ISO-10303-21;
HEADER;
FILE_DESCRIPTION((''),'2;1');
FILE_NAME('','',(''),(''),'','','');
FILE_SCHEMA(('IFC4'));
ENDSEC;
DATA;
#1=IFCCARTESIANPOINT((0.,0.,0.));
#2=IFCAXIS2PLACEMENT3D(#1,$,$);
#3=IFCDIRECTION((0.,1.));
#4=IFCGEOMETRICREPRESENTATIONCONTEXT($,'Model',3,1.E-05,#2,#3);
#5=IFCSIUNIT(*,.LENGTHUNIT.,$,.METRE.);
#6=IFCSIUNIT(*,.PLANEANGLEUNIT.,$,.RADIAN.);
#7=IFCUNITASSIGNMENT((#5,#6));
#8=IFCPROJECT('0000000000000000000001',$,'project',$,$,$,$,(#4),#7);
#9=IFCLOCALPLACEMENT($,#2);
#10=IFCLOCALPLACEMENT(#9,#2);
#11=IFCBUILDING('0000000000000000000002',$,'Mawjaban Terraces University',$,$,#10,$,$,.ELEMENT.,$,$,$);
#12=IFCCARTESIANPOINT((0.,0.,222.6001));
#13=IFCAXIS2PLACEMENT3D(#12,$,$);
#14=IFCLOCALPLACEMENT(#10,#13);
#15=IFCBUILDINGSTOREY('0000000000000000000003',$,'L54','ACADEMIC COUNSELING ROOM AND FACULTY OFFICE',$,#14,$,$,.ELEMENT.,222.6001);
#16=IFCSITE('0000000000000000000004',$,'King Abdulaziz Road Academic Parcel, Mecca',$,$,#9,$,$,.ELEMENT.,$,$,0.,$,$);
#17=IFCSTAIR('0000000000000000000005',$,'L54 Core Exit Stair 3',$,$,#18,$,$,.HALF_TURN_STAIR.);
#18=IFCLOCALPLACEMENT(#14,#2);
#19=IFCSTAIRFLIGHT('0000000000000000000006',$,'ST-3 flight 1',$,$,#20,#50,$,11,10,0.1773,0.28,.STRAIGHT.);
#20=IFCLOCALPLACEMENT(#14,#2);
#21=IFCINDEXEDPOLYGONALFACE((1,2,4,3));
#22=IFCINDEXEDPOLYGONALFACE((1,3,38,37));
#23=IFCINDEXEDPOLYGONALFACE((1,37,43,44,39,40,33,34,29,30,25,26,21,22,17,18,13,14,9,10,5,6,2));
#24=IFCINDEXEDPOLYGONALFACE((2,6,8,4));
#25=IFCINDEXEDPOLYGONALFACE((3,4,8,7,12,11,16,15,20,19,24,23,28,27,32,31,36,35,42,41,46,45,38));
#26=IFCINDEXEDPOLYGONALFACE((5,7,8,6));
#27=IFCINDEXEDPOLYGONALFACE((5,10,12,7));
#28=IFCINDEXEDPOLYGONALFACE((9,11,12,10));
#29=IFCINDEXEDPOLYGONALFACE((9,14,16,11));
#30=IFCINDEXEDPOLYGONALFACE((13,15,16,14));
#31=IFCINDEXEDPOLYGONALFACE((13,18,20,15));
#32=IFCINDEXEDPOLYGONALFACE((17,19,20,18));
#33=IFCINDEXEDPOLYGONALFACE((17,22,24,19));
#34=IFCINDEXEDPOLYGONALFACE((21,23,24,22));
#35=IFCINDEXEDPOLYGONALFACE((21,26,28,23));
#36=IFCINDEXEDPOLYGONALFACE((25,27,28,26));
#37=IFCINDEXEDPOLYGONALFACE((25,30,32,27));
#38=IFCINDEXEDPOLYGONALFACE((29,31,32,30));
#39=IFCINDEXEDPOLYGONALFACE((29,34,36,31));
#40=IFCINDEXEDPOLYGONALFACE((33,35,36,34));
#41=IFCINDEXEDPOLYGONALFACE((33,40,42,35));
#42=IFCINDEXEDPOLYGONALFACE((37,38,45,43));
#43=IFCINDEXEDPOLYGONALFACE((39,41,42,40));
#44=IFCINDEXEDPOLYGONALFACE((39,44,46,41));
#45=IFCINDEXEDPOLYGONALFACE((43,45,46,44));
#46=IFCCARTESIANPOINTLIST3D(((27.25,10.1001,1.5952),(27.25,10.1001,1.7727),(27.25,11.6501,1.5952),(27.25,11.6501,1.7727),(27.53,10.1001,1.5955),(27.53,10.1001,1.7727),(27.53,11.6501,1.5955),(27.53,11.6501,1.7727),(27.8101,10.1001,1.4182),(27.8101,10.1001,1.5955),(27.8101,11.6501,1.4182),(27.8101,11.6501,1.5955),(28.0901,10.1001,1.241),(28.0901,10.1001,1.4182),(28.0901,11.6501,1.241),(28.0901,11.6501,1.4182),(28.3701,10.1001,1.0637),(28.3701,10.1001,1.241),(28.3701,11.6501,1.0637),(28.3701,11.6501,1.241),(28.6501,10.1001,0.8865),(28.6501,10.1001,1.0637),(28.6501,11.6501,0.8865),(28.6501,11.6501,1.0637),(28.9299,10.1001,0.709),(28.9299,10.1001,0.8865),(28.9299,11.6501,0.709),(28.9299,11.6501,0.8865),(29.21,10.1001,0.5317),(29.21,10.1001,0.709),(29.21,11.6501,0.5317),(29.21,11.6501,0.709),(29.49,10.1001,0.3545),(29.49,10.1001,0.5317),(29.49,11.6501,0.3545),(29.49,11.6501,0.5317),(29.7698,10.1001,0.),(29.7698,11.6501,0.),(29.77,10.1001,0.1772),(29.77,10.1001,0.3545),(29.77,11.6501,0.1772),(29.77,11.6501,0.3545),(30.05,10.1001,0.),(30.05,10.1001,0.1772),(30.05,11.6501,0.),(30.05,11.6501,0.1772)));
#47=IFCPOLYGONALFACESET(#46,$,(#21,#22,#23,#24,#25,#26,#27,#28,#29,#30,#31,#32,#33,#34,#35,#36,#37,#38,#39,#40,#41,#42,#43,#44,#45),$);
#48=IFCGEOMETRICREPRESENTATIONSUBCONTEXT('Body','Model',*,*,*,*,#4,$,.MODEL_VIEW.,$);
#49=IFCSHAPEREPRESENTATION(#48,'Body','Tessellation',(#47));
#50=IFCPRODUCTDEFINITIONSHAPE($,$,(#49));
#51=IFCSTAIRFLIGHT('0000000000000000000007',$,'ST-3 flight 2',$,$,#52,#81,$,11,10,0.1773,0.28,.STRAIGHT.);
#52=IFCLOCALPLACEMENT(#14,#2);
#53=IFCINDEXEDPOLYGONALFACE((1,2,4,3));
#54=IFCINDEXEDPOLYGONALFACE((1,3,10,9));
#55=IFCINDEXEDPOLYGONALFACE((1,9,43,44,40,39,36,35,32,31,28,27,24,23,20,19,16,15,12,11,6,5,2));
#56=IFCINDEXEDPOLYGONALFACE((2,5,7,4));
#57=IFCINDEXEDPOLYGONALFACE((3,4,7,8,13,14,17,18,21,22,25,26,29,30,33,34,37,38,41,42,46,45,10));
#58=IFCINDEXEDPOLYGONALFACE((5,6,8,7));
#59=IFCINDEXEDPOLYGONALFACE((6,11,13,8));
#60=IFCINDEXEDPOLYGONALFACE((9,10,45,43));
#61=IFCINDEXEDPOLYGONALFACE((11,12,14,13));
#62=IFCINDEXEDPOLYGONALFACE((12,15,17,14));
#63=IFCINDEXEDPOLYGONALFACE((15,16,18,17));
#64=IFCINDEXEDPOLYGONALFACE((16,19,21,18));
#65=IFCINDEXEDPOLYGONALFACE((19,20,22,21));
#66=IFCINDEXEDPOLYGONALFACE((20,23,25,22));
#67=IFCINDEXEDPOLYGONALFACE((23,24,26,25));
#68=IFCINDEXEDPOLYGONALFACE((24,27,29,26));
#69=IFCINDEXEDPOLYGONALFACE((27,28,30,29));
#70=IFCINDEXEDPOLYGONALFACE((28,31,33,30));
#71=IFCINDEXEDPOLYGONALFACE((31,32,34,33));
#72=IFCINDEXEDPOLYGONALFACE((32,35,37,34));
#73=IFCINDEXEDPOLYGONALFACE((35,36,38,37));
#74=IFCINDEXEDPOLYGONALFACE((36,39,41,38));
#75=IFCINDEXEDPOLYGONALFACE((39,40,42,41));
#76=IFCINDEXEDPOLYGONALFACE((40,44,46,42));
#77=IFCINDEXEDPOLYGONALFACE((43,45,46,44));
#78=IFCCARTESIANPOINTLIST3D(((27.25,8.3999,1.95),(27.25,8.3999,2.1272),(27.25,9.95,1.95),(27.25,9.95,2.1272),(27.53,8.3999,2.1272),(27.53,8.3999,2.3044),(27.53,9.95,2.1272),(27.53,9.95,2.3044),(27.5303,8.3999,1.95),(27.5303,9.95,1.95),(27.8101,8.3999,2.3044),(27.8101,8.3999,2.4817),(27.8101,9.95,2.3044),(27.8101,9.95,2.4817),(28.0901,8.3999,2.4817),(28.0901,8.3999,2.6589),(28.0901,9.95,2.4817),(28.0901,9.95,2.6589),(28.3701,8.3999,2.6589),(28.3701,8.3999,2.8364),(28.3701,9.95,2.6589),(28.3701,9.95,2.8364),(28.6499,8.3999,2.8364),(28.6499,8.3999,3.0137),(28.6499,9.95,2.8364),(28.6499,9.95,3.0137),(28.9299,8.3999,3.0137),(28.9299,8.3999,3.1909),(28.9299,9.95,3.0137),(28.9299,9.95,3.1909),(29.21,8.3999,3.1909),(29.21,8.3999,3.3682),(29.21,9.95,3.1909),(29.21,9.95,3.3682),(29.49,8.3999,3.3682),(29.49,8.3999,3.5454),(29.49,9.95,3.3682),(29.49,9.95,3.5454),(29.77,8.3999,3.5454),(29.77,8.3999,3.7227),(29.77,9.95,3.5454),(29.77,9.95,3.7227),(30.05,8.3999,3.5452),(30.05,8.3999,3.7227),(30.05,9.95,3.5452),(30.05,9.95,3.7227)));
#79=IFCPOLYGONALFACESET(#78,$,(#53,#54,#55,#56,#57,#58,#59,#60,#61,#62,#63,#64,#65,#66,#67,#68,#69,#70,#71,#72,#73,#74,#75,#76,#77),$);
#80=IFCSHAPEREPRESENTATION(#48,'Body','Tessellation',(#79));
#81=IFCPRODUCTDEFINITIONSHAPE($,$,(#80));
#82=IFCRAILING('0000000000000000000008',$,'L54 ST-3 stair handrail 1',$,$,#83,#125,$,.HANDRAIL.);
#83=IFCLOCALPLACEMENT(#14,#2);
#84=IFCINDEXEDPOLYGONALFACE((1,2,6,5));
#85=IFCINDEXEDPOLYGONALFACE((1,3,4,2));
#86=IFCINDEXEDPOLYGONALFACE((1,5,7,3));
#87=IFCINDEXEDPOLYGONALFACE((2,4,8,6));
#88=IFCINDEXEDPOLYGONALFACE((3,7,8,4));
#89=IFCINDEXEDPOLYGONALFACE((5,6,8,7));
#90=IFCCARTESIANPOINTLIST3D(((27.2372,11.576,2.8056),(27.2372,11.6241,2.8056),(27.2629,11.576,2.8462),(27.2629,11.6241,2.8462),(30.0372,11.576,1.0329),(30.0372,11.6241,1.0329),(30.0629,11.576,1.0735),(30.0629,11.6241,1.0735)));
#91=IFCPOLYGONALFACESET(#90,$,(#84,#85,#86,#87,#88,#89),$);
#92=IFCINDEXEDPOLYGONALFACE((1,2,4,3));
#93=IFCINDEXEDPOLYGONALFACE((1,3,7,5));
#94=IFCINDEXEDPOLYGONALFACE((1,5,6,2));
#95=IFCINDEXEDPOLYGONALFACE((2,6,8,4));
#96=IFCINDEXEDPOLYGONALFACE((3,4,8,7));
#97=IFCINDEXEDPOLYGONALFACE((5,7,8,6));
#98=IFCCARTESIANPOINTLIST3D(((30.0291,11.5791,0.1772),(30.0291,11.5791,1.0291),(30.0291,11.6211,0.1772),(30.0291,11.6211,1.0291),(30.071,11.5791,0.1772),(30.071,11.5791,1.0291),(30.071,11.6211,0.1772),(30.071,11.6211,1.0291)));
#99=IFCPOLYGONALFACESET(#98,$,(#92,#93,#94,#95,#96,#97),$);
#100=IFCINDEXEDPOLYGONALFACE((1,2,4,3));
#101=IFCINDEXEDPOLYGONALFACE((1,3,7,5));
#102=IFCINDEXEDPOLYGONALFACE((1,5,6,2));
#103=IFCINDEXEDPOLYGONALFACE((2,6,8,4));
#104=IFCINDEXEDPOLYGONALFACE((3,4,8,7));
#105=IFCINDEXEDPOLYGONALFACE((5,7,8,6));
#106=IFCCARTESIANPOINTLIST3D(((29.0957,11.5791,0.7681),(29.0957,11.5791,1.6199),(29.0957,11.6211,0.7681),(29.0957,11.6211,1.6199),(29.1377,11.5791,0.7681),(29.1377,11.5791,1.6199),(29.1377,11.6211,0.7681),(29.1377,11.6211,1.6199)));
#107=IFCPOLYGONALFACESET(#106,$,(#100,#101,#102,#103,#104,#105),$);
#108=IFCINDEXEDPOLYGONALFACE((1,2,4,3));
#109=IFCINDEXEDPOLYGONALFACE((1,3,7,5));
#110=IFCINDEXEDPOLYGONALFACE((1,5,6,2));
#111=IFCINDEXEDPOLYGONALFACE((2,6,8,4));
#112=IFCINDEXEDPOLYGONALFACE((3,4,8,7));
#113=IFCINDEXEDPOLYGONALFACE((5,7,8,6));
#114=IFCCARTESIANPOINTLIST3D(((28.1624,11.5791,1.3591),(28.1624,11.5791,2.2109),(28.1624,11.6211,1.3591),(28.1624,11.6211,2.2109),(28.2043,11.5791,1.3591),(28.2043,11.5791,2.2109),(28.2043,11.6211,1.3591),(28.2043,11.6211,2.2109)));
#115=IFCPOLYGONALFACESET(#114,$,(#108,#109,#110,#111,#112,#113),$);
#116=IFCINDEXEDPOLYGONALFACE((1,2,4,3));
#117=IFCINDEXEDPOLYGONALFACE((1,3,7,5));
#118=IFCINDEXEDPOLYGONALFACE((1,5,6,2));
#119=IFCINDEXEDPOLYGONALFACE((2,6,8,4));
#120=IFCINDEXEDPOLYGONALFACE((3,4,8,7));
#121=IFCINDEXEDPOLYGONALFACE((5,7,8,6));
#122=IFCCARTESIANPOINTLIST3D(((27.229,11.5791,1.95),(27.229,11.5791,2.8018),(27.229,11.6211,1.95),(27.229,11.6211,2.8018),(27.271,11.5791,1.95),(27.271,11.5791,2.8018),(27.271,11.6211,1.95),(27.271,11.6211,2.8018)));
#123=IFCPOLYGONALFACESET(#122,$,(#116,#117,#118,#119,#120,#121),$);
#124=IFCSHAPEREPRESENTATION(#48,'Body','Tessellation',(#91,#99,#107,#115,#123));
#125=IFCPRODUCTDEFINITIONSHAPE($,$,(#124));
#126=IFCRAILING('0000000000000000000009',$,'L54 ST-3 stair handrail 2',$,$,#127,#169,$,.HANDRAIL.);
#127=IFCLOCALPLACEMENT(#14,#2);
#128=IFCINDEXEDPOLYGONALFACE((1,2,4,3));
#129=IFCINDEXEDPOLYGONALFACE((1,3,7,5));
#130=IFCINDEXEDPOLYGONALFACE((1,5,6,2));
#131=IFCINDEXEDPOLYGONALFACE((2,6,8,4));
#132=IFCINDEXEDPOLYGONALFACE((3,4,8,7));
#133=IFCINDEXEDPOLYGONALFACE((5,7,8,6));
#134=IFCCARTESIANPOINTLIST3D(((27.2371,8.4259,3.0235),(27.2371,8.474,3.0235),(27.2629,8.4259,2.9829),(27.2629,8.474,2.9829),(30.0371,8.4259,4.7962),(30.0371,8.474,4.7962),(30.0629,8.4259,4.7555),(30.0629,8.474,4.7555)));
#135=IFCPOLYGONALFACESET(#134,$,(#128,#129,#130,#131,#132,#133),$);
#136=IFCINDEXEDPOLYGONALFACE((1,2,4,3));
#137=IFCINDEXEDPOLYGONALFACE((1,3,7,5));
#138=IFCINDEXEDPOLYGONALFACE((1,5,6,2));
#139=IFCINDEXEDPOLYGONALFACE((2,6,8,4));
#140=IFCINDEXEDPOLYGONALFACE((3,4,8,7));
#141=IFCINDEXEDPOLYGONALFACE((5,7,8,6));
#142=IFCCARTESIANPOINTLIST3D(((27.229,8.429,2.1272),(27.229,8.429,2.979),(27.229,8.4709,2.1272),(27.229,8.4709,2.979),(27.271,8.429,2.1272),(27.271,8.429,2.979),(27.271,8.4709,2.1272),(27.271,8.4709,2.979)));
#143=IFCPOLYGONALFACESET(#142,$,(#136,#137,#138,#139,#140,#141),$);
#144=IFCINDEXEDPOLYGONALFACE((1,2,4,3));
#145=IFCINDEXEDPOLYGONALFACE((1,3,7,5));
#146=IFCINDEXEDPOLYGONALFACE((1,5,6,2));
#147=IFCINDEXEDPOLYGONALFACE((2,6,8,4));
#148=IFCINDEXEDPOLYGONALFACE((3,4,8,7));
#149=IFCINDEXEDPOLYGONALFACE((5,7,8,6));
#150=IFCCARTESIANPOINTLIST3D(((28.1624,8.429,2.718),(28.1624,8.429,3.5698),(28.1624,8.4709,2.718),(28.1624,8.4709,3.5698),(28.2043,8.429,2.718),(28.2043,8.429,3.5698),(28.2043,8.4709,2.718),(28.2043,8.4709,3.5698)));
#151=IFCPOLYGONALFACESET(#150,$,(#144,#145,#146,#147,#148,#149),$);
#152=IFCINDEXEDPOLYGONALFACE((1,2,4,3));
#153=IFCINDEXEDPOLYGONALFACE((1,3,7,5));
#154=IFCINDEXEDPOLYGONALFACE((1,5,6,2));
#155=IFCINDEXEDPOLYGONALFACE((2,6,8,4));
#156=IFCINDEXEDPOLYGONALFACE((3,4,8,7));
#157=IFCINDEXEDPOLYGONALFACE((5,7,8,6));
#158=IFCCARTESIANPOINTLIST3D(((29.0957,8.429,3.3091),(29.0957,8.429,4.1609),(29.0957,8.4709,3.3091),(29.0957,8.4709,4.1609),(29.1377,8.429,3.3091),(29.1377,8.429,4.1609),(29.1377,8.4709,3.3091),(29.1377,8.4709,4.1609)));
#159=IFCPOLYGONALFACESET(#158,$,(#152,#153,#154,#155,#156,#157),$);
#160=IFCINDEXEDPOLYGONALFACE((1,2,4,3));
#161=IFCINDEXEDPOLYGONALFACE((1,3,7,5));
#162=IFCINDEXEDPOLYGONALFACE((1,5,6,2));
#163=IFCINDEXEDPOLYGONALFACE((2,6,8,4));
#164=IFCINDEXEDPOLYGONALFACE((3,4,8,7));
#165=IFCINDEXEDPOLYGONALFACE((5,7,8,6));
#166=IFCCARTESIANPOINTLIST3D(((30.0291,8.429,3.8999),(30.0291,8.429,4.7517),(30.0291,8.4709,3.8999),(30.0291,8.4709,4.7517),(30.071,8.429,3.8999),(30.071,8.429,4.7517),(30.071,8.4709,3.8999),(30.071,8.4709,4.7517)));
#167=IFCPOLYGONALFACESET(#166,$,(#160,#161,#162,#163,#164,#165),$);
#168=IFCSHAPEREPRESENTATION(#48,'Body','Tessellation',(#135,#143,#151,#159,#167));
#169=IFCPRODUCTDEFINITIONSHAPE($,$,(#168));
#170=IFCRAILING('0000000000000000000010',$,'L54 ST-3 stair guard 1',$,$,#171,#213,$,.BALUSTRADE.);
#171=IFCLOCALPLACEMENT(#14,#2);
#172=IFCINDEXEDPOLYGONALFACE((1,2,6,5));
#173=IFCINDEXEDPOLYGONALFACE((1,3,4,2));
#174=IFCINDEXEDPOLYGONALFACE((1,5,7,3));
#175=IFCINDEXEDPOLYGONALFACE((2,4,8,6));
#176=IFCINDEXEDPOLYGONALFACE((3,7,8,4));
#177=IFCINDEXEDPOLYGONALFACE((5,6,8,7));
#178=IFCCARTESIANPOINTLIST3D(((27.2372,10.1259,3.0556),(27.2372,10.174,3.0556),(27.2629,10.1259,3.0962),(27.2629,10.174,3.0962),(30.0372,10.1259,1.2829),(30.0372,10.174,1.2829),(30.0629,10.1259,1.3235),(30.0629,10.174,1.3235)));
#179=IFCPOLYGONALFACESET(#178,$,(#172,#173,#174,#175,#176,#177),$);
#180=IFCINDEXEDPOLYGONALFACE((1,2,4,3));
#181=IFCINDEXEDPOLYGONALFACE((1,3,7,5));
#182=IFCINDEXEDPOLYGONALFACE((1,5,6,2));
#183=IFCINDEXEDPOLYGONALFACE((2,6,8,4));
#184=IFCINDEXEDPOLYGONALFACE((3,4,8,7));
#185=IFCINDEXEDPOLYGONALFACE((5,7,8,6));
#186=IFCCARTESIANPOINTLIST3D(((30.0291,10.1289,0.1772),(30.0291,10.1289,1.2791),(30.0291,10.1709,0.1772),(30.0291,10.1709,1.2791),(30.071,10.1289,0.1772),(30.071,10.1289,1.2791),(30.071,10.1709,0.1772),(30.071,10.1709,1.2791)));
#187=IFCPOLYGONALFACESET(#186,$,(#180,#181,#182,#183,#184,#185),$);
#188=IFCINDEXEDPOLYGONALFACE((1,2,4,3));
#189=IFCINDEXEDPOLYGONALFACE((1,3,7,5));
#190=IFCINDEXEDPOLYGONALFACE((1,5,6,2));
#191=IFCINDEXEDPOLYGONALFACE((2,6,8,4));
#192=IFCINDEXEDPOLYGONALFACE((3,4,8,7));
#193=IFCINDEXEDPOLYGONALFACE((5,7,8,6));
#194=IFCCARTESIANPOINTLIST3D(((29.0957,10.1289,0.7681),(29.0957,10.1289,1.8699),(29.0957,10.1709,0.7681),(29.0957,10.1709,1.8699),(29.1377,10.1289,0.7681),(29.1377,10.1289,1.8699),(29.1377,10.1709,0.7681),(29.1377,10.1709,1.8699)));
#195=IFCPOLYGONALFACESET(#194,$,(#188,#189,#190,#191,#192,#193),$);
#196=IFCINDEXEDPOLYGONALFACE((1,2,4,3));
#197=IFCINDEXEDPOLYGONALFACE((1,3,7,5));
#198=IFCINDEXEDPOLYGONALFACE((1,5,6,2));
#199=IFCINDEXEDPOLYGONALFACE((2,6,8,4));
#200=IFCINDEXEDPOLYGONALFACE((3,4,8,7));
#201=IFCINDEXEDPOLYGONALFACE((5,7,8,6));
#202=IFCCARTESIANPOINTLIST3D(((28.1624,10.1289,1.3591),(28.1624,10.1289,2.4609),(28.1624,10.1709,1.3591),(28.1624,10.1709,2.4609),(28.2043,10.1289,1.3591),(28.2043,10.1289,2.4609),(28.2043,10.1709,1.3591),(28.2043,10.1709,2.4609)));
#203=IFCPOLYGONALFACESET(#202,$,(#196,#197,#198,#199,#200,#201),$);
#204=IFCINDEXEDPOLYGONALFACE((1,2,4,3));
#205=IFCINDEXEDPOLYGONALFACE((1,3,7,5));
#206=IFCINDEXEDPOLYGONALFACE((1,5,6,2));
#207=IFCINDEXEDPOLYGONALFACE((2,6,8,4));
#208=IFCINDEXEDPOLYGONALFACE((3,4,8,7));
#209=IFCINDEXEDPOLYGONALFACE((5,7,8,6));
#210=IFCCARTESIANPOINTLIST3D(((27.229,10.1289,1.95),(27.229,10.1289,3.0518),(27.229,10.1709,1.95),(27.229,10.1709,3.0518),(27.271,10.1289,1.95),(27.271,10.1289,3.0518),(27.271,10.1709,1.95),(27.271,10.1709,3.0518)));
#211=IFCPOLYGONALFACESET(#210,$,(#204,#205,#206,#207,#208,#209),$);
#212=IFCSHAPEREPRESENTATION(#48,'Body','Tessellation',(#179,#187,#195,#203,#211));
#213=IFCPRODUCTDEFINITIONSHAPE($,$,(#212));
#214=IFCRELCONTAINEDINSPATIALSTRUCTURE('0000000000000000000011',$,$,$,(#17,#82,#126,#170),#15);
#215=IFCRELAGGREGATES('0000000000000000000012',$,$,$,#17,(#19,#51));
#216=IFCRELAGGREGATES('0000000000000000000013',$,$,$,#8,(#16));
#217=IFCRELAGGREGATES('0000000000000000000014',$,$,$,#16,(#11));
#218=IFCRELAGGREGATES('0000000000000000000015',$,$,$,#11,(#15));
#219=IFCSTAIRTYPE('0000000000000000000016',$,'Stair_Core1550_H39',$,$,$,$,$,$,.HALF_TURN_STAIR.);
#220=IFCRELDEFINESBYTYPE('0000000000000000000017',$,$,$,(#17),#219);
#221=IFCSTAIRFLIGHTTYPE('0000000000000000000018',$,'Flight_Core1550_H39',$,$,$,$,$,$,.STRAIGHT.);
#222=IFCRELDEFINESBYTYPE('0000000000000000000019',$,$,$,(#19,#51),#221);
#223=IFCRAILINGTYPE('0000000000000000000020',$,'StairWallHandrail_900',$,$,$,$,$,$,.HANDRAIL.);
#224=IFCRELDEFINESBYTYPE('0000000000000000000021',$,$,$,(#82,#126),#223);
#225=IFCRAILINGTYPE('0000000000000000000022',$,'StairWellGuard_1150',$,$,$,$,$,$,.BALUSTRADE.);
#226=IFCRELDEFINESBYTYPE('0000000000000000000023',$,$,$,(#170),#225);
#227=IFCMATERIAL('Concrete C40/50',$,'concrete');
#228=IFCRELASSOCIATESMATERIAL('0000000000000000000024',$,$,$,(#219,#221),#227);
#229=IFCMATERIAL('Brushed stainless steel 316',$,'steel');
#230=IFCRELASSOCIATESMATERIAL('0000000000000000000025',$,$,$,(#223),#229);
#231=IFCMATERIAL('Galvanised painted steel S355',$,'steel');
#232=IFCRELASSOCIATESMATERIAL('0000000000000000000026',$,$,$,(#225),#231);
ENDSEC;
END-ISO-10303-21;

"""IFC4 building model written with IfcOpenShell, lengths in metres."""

from ifc_helpers import new_model, si_unit, direction, frame, origin, origin_2d, place, context, subcontext, project, spatial, polyline, rectangle, outline, extrude, material, type_object, element, aggregate, save


model = new_model("IFC4")

# Units and contexts
model_context = context("Model", 3, precision=1e-05, world=origin(), true_north=direction((0.0, 1.0)))
body_context = subcontext(model_context, "Body", "Model", "MODEL_VIEW")
ifc_project = project(units=[si_unit("LENGTHUNIT", "METRE"), si_unit("PLANEANGLEUNIT", "RADIAN")], contexts=[model_context])

# Site, building, storey
site_placement = place(None, origin())
site = spatial("IfcSite", under=ifc_project, at=site_placement, Name="King Abdulaziz Road Academic Parcel, Mecca", CompositionType="ELEMENT", RefElevation=0.0)
building_placement = place(site_placement, origin())
building = spatial("IfcBuilding", under=site, at=building_placement, Name="Mawjaban Terraces University", CompositionType="ELEMENT")
storey_placement = place(building_placement, frame((0.0, 0.0, 222.6001)))
storey = spatial("IfcBuildingStorey", under=building, at=storey_placement, Name="L54", Description="ACADEMIC COUNSELING ROOM AND FACULTY OFFICE", CompositionType="ELEMENT", Elevation=222.6001)

# Shared definitions
ifc_material_1 = material(Name="Concrete C40/50", Category="concrete")

# Stair, stair flights
stair_type = type_object("IfcStairType", Name="Stair_Core1550_H39", PredefinedType="HALF_TURN_STAIR", material=ifc_material_1)
stair_placement = place(storey_placement, origin())
stair = element("IfcStair", 1, at=stair_placement, inside=storey, type_object=stair_type, Name="L54 Core Exit Stair 3", PredefinedType="HALF_TURN_STAIR")
stair_flight_type = type_object("IfcStairFlightType", Name="Flight_Core1550_H39", PredefinedType="STRAIGHT", material=ifc_material_1)
stair_flight_1_placement = place(storey_placement, frame((30.05, 10.875, 0.0), z_axis=(0.0, 0.0, 1.0), x_axis=(-1.0, 0.0, 0.0)))
stair_flight_1 = element("IfcStairFlight", 2, at=stair_flight_1_placement, type_object=stair_flight_type, Name="ST-3 flight 1", NumberOfRisers=11, NumberOfTreads=10, PredefinedType="STRAIGHT", RiserHeight=0.1773, TreadLength=0.28, context=body_context, shape_type="SweptSolid", body=[
    extrude(outline(polyline([(0.0, 0.0), (0.0, 0.1772), (0.28, 0.1772), (0.28, 0.3545), (0.5601, 0.3545), (0.5601, 0.5317), (0.8401, 0.5317), (0.8401, 0.709), (1.1201, 0.709), (1.1201, 0.8865), (1.3999, 0.8865), (1.3999, 1.0637), (1.6799, 1.0637), (1.6799, 1.241), (1.96, 1.241), (1.96, 1.4182), (2.24, 1.4182), (2.24, 1.5955), (2.52, 1.5955), (2.52, 1.7727), (2.8, 1.7727), (2.8, 1.95), (2.8, 1.5952), (0.2803, 0.0), (0.0, 0.0)])), frame((0.0, 0.7749, 0.0), z_axis=(0.0, -1.0, 0.0), x_axis=(1.0, 0.0, 0.0)), (0.0, 0.0, 1.0), 1.55),
])
stair_flight_2_placement = place(storey_placement, frame((27.25, 9.175, 1.95), z_axis=(0.0, 0.0, 1.0), x_axis=(1.0, 0.0, 0.0)))
stair_flight_2 = element("IfcStairFlight", 3, at=stair_flight_2_placement, type_object=stair_flight_type, Name="ST-3 flight 2", NumberOfRisers=11, NumberOfTreads=10, PredefinedType="STRAIGHT", RiserHeight=0.1773, TreadLength=0.28, context=body_context, shape_type="SweptSolid", body=[
    extrude(outline(polyline([(0.0, 0.0), (0.0, 0.1772), (0.28, 0.1772), (0.28, 0.3545), (0.5601, 0.3545), (0.5601, 0.5317), (0.8401, 0.5317), (0.8401, 0.709), (1.1201, 0.709), (1.1201, 0.8865), (1.3999, 0.8865), (1.3999, 1.0637), (1.6799, 1.0637), (1.6799, 1.241), (1.96, 1.241), (1.96, 1.4182), (2.24, 1.4182), (2.24, 1.5955), (2.52, 1.5955), (2.52, 1.7727), (2.8, 1.7727), (2.8, 1.95), (2.8, 1.5952), (0.2803, 0.0), (0.0, 0.0)])), frame((0.0, 0.7749, 0.0), z_axis=(0.0, -1.0, 0.0), x_axis=(1.0, 0.0, 0.0)), (0.0, 0.0, 1.0), 1.55),
])
aggregate(stair, [stair_flight_1, stair_flight_2])

# Railings
ifc_material_2 = material(Name="Brushed stainless steel 316", Category="steel")
railing_type_1 = type_object("IfcRailingType", Name="StairWallHandrail_900", PredefinedType="HANDRAIL", material=ifc_material_2)
railing_1_placement = place(storey_placement, frame((30.05, 11.6001, 0.1772)))
element("IfcRailing", 4, at=railing_1_placement, inside=storey, type_object=railing_type_1, Name="L54 ST-3 stair handrail 1", PredefinedType="HANDRAIL", context=body_context, shape_type="SweptSolid", body=[
    extrude(rectangle(XDim=0.0481, YDim=0.0481, at=origin_2d()), frame((0.0, 0.0, 0.876), z_axis=(-0.844909, 0.0, 0.53491), x_axis=(0.0, -1.0, 0.0)), (0.0, 0.0, 1.0), 3.314),
    extrude(rectangle(XDim=0.042, YDim=0.042, at=origin_2d()), origin(), (0.0, 0.0, 1.0), 0.8518),
    extrude(rectangle(XDim=0.042, YDim=0.042, at=origin_2d()), frame((-0.9333, 0.0, 0.5908)), (0.0, 0.0, 1.0), 0.8518),
    extrude(rectangle(XDim=0.042, YDim=0.042, at=origin_2d()), frame((-1.8667, 0.0, 1.1819)), (0.0, 0.0, 1.0), 0.8518),
    extrude(rectangle(XDim=0.042, YDim=0.042, at=origin_2d()), frame((-2.8, 0.0, 1.7727)), (0.0, 0.0, 1.0), 0.8518),
])
railing_2_placement = place(storey_placement, frame((27.25, 8.45, 2.1272)))
element("IfcRailing", 5, at=railing_2_placement, inside=storey, type_object=railing_type_1, Name="L54 ST-3 stair handrail 2", PredefinedType="HANDRAIL", context=body_context, shape_type="SweptSolid", body=[
    extrude(rectangle(XDim=0.0481, YDim=0.0481, at=origin_2d()), frame((0.0, 0.0, 0.876), z_axis=(0.844909, 0.0, 0.53491), x_axis=(0.0, 1.0, 0.0)), (0.0, 0.0, 1.0), 3.314),
    extrude(rectangle(XDim=0.042, YDim=0.042, at=origin_2d()), origin(), (0.0, 0.0, 1.0), 0.8518),
    extrude(rectangle(XDim=0.042, YDim=0.042, at=origin_2d()), frame((0.9333, 0.0, 0.5908)), (0.0, 0.0, 1.0), 0.8518),
    extrude(rectangle(XDim=0.042, YDim=0.042, at=origin_2d()), frame((1.8667, 0.0, 1.1819)), (0.0, 0.0, 1.0), 0.8518),
    extrude(rectangle(XDim=0.042, YDim=0.042, at=origin_2d()), frame((2.8, 0.0, 1.7727)), (0.0, 0.0, 1.0), 0.8518),
])
ifc_material_3 = material(Name="Galvanised painted steel S355", Category="steel")
railing_type_2 = type_object("IfcRailingType", Name="StairWellGuard_1150", PredefinedType="BALUSTRADE", material=ifc_material_3)
railing_3_placement = place(storey_placement, frame((30.05, 10.1499, 0.1772)))
element("IfcRailing", 6, at=railing_3_placement, inside=storey, type_object=railing_type_2, Name="L54 ST-3 stair guard 1", PredefinedType="BALUSTRADE", context=body_context, shape_type="SweptSolid", body=[
    extrude(rectangle(XDim=0.0481, YDim=0.0481, at=origin_2d()), frame((0.0, 0.0, 1.126), z_axis=(-0.844909, 0.0, 0.53491), x_axis=(0.0, -1.0, 0.0)), (0.0, 0.0, 1.0), 3.314),
    extrude(rectangle(XDim=0.042, YDim=0.042, at=origin_2d()), origin(), (0.0, 0.0, 1.0), 1.1018),
    extrude(rectangle(XDim=0.042, YDim=0.042, at=origin_2d()), frame((-0.9333, 0.0, 0.5908)), (0.0, 0.0, 1.0), 1.1018),
    extrude(rectangle(XDim=0.042, YDim=0.042, at=origin_2d()), frame((-1.8667, 0.0, 1.1819)), (0.0, 0.0, 1.0), 1.1018),
    extrude(rectangle(XDim=0.042, YDim=0.042, at=origin_2d()), frame((-2.8, 0.0, 1.7727)), (0.0, 0.0, 1.0), 1.1018),
])

save(model, "model.ifc")
